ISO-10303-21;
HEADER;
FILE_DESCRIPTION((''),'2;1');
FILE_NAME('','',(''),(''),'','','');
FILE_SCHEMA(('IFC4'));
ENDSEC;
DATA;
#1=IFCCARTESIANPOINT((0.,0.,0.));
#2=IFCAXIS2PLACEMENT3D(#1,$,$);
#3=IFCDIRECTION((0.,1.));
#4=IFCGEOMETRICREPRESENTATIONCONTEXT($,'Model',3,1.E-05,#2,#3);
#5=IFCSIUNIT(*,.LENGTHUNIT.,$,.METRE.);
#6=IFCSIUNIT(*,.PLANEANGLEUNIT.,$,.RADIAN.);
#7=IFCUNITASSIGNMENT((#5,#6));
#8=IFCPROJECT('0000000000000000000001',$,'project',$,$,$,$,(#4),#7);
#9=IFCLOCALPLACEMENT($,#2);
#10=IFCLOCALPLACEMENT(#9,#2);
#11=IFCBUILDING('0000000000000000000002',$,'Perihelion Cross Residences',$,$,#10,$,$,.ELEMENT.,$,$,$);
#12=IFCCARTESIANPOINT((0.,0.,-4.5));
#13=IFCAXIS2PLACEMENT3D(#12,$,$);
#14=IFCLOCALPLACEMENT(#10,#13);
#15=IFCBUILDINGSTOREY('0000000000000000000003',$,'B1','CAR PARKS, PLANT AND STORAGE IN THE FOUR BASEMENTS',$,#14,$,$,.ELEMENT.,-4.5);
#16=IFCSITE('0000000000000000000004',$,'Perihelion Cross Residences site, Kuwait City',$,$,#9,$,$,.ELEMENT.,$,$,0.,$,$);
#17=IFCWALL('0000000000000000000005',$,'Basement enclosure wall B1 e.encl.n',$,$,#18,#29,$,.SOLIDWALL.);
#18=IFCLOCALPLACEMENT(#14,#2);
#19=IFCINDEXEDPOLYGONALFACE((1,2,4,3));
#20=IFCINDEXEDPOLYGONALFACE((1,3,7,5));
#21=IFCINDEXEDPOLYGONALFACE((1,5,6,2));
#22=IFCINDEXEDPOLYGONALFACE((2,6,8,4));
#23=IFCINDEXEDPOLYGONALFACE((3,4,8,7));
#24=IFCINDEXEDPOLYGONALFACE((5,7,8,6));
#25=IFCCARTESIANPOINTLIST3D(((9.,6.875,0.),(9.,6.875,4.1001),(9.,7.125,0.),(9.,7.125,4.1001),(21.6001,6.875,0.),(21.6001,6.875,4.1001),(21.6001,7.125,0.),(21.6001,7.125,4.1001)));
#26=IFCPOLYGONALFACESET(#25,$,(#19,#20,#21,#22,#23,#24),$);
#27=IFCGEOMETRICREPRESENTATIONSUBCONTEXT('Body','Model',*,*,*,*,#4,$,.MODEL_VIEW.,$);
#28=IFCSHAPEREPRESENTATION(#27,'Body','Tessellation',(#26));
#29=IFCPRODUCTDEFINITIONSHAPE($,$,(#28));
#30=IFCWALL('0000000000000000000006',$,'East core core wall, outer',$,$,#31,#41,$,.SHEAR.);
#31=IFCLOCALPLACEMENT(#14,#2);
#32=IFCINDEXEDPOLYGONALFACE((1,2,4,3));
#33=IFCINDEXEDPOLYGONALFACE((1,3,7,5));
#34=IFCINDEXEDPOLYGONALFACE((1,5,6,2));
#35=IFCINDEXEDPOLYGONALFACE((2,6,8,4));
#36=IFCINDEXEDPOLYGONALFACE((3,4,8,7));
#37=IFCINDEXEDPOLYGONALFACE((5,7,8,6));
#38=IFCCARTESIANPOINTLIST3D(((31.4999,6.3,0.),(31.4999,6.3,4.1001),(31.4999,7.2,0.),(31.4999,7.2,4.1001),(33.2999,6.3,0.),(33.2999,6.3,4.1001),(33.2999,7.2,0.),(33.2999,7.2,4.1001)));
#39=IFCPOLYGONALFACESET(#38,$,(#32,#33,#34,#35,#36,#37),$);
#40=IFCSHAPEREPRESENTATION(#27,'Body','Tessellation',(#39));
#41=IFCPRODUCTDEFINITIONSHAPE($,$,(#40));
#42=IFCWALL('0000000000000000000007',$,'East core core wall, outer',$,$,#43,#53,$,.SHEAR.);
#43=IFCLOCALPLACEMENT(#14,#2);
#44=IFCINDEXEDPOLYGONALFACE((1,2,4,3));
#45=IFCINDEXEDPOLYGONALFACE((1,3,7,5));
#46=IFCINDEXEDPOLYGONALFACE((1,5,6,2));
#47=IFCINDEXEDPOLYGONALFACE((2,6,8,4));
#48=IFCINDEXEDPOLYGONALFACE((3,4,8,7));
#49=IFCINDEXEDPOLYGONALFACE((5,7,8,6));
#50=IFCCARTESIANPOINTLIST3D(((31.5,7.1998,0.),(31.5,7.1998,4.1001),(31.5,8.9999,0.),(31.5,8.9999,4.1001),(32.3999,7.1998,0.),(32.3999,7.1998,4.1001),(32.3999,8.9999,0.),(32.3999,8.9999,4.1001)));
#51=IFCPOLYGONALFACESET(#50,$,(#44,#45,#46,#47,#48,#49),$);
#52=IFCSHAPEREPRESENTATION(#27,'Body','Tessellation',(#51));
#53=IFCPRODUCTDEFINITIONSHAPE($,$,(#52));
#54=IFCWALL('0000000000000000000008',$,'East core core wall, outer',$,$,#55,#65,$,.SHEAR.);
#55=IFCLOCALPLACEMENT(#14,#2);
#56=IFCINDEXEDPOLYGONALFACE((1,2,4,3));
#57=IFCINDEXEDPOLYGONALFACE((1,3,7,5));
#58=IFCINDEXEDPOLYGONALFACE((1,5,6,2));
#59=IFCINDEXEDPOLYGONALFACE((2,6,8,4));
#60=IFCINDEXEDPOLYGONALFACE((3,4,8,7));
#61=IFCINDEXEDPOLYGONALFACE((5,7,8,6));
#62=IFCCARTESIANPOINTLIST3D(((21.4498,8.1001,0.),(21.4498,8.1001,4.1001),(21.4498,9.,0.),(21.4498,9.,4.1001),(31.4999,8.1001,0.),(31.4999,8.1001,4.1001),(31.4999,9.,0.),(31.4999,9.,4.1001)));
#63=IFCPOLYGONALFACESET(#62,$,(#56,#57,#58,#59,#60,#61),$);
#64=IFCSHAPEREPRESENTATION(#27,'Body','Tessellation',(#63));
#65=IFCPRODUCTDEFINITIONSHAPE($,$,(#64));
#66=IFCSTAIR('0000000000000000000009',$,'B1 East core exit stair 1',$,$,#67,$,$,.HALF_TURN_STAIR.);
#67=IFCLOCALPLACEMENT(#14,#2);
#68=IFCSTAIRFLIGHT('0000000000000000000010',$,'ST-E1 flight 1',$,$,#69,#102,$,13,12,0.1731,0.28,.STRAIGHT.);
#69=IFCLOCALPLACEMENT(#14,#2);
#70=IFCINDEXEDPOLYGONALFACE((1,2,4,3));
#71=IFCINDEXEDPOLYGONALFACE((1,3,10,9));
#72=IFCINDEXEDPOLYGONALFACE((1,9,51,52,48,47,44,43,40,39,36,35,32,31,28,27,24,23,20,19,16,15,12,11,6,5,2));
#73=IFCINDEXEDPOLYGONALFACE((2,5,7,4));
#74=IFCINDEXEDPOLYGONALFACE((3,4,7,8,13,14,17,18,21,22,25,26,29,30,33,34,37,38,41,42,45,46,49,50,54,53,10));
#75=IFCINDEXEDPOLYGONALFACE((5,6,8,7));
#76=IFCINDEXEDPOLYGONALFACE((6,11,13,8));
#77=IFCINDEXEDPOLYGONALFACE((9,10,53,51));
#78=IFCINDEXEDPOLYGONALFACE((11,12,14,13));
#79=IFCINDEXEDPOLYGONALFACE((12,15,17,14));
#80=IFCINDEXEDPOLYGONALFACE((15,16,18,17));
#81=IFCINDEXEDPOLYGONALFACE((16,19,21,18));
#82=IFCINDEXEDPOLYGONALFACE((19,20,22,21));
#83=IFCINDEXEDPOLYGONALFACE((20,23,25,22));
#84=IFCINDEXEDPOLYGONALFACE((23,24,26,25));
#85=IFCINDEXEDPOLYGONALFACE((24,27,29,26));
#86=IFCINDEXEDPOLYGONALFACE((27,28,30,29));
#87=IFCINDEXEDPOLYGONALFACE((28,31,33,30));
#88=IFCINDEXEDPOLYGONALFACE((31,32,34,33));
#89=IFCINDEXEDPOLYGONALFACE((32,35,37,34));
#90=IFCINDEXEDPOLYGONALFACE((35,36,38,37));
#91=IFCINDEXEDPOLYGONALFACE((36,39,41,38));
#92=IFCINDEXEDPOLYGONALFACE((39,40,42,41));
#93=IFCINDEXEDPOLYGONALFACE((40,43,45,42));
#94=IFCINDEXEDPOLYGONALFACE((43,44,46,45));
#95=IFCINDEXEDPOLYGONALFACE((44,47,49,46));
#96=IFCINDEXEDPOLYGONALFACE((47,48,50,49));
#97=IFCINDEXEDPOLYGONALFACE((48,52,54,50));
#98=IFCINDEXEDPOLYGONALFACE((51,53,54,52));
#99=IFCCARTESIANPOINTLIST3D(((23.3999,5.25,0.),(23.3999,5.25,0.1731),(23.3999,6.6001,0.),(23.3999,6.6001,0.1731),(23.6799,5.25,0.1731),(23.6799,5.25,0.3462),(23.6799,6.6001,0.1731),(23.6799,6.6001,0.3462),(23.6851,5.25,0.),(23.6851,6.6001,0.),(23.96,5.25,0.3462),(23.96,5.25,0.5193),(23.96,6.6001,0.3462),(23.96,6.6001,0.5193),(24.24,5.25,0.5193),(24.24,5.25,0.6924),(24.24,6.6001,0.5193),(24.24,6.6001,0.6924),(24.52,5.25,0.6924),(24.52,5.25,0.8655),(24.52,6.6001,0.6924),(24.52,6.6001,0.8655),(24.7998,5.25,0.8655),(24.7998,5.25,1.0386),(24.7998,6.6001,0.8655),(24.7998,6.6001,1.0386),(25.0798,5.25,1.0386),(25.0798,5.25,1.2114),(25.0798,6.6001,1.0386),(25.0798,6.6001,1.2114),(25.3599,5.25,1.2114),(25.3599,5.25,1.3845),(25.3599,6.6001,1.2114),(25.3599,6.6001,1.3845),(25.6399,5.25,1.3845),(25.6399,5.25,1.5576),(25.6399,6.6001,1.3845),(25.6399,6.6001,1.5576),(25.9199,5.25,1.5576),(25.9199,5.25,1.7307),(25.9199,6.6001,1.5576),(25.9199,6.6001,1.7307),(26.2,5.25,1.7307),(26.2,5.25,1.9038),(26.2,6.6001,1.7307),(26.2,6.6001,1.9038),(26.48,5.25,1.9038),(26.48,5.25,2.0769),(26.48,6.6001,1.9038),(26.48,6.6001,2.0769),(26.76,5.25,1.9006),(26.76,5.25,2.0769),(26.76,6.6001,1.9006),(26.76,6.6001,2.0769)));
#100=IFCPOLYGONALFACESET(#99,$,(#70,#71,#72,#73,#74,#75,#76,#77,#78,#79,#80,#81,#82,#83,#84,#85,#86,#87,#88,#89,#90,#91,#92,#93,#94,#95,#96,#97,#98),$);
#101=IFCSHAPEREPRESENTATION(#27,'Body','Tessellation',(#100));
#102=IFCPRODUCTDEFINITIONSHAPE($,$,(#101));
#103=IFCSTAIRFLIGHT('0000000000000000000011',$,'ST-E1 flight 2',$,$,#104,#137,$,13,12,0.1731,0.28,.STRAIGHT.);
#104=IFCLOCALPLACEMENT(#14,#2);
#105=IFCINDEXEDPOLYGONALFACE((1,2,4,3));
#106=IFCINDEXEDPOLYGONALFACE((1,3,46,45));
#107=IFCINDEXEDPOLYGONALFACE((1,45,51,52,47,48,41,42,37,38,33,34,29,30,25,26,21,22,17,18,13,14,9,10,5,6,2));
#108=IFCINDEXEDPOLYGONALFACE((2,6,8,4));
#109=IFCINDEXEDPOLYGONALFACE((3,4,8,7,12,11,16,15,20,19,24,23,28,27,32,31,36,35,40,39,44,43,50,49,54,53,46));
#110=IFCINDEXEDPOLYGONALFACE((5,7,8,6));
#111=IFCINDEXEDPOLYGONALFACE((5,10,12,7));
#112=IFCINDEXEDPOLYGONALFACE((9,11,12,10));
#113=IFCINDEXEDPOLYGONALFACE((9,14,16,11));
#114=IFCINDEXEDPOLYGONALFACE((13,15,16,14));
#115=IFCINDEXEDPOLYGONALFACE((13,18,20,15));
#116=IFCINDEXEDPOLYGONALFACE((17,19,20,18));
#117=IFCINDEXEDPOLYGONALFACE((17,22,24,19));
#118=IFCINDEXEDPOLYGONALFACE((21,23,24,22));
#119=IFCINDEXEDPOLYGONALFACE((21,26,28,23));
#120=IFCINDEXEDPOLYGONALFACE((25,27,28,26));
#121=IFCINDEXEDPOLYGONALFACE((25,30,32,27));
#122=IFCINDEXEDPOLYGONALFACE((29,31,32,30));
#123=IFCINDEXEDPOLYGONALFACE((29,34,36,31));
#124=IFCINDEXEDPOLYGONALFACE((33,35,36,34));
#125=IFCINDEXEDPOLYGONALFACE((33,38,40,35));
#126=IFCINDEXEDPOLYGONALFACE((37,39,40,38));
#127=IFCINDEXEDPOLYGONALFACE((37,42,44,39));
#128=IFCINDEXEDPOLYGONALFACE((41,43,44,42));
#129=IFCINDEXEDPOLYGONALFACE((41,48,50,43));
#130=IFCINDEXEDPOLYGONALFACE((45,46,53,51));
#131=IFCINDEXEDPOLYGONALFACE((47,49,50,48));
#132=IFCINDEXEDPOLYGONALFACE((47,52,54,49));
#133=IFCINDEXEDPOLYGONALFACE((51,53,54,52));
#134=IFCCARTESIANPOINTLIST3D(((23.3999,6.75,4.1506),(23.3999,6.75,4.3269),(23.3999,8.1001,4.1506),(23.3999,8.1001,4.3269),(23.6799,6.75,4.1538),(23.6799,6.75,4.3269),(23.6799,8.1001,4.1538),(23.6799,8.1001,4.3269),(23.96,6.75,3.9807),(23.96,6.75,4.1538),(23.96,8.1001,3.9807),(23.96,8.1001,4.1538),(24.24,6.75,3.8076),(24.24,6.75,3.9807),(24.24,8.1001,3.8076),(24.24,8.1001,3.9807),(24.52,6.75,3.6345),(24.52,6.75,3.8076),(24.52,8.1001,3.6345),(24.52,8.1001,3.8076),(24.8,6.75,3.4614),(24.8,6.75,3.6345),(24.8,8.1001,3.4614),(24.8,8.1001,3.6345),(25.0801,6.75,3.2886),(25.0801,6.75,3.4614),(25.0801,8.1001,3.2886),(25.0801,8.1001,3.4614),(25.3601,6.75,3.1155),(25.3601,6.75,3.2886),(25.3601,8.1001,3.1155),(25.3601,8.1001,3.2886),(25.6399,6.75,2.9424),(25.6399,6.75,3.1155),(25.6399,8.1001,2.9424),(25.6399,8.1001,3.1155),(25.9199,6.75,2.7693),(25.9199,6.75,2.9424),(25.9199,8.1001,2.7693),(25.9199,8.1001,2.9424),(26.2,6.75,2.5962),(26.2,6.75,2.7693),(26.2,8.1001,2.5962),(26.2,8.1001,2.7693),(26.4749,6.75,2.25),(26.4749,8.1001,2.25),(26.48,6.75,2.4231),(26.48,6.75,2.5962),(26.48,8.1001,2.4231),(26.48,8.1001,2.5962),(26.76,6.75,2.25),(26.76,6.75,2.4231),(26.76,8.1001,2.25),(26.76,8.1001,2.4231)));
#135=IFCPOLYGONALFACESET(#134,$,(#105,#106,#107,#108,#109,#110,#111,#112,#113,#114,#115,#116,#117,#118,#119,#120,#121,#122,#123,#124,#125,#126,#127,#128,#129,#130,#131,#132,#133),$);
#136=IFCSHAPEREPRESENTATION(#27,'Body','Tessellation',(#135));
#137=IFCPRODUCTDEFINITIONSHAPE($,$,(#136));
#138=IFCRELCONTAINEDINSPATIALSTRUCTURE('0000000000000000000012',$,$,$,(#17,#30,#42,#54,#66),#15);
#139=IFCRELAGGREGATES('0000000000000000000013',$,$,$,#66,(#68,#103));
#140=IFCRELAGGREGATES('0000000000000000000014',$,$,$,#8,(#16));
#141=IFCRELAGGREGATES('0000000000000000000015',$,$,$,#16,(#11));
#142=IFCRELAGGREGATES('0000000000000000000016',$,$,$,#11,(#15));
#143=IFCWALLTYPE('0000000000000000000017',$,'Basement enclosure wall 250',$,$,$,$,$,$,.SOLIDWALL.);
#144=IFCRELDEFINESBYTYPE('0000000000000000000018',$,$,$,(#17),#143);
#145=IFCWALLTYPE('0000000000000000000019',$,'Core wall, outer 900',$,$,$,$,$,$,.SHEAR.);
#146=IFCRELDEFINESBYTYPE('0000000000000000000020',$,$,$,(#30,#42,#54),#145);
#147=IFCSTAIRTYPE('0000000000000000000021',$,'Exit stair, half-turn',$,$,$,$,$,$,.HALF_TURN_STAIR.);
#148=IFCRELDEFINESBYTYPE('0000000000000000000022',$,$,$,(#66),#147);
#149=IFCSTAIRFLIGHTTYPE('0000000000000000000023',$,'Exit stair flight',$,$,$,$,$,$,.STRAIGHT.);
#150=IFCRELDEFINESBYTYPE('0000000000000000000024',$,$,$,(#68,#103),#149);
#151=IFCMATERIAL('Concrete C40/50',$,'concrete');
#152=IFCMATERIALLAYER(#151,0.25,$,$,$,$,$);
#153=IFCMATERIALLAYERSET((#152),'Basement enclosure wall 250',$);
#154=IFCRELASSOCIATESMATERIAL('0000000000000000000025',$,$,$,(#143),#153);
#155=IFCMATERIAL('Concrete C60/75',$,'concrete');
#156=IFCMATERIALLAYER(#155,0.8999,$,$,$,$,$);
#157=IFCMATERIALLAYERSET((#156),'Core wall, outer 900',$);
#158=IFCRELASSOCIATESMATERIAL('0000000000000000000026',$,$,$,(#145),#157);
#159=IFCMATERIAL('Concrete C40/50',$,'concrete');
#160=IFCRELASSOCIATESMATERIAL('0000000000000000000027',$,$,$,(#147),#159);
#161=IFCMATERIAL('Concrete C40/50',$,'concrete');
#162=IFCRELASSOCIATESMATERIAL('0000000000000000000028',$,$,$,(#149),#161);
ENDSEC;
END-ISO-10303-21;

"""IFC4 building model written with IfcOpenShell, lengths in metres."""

from ifc_helpers import new_model, si_unit, direction, frame, frame_2d, origin, place, context, subcontext, project, spatial, polyline, rectangle, outline, extrude, material, layer, layer_set, type_object, element, aggregate, save


model = new_model("IFC4")

# Units and contexts
model_context = context("Model", 3, precision=1e-05, world=origin(), true_north=direction((0.0, 1.0)))
body_context = subcontext(model_context, "Body", "Model", "MODEL_VIEW")
ifc_project = project(units=[si_unit("LENGTHUNIT", "METRE"), si_unit("PLANEANGLEUNIT", "RADIAN")], contexts=[model_context])

# Site, building, storey
site_placement = place(None, origin())
site = spatial("IfcSite", under=ifc_project, at=site_placement, Name="Perihelion Cross Residences site, Kuwait City", CompositionType="ELEMENT", RefElevation=0.0)
building_placement = place(site_placement, origin())
building = spatial("IfcBuilding", under=site, at=building_placement, Name="Perihelion Cross Residences", CompositionType="ELEMENT")
storey_placement = place(building_placement, frame((0.0, 0.0, -4.5)))
storey = spatial("IfcBuildingStorey", under=building, at=storey_placement, Name="B1", Description="CAR PARKS, PLANT AND STORAGE IN THE FOUR BASEMENTS", CompositionType="ELEMENT", Elevation=-4.5)

# Walls
ifc_material_1 = material(Name="Concrete C40/50", Category="concrete")
ifc_layer_1 = layer(ifc_material_1, 0.25)
ifc_layer_set_1 = layer_set([ifc_layer_1], Name="Basement enclosure wall 250")
wall_type_1 = type_object("IfcWallType", Name="Basement enclosure wall 250", PredefinedType="SOLIDWALL", material=ifc_layer_set_1)
wall_1_placement = place(storey_placement, frame((9.0, 7.0, 0.0), z_axis=(0.0, 0.0, 1.0), x_axis=(1.0, 0.0, 0.0)))
element("IfcWall", 1, at=wall_1_placement, inside=storey, type_object=wall_type_1, Name="Basement enclosure wall B1 e.encl.n", PredefinedType="SOLIDWALL", context=body_context, shape_type="SweptSolid", body=[
    extrude(rectangle(XDim=12.6001, YDim=0.25, at=frame_2d((6.3, 0.0))), origin(), (0.0, 0.0, 1.0), 4.1001),
])
ifc_material_2 = material(Name="Concrete C60/75", Category="concrete")
ifc_layer_2 = layer(ifc_material_2, 0.8999)
ifc_layer_set_2 = layer_set([ifc_layer_2], Name="Core wall, outer 900")
wall_type_2 = type_object("IfcWallType", Name="Core wall, outer 900", PredefinedType="SHEAR", material=ifc_layer_set_2)
for number, where, z_axis, x_axis, name in (
    (2, (31.5, 6.75, 0.0), (0.0, 0.0, 1.0), (1.0, 0.0, 0.0), "East core core wall, outer"),
    (3, (31.95, 7.2, 0.0), (0.0, 0.0, 1.0), (0.0, 1.0, 0.0), "East core core wall, outer"),
):
    element("IfcWall", number, at=place(storey_placement, frame(where, z_axis=z_axis, x_axis=x_axis)), inside=storey, type_object=wall_type_2, Name=name, PredefinedType="SHEAR", context=body_context, shape_type="SweptSolid", body=[
        extrude(rectangle(XDim=1.8, YDim=0.8999, at=frame_2d((0.8999, 0.0))), origin(), (0.0, 0.0, 1.0), 4.1001),
    ])
wall_2_placement = place(storey_placement, frame((21.45, 8.55, 0.0), z_axis=(0.0, 0.0, 1.0), x_axis=(1.0, 0.0, 0.0)))
element("IfcWall", 4, at=wall_2_placement, inside=storey, type_object=wall_type_2, Name="East core core wall, outer", PredefinedType="SHEAR", context=body_context, shape_type="SweptSolid", body=[
    extrude(rectangle(XDim=10.05, YDim=0.8999, at=frame_2d((5.0249, 0.0))), origin(), (0.0, 0.0, 1.0), 4.1001),
])

# Stair, stair flights
ifc_material_3 = material(Name="Concrete C40/50", Category="concrete")
stair_type = type_object("IfcStairType", Name="Exit stair, half-turn", PredefinedType="HALF_TURN_STAIR", material=ifc_material_3)
stair_placement = place(storey_placement, origin())
stair = element("IfcStair", 5, at=stair_placement, inside=storey, type_object=stair_type, Name="B1 East core exit stair 1", PredefinedType="HALF_TURN_STAIR")
ifc_material_4 = material(Name="Concrete C40/50", Category="concrete")
stair_flight_type = type_object("IfcStairFlightType", Name="Exit stair flight", PredefinedType="STRAIGHT", material=ifc_material_4)
stair_flight_1_placement = place(storey_placement, frame((23.3999, 5.925, 0.0), z_axis=(0.0, 0.0, 1.0), x_axis=(1.0, 0.0, 0.0)))
stair_flight_1 = element("IfcStairFlight", 6, at=stair_flight_1_placement, type_object=stair_flight_type, Name="ST-E1 flight 1", NumberOfRisers=13, NumberOfTreads=12, PredefinedType="STRAIGHT", RiserHeight=0.1731, TreadLength=0.28, context=body_context, shape_type="SweptSolid", body=[
    extrude(outline(polyline([(0.0, 0.0), (0.0, 0.1731), (0.28, 0.1731), (0.28, 0.3462), (0.5601, 0.3462), (0.5601, 0.5193), (0.8401, 0.5193), (0.8401, 0.6924), (1.1201, 0.6924), (1.1201, 0.8655), (1.3999, 0.8655), (1.3999, 1.0386), (1.6799, 1.0386), (1.6799, 1.2114), (1.96, 1.2114), (1.96, 1.3845), (2.24, 1.3845), (2.24, 1.5576), (2.52, 1.5576), (2.52, 1.7307), (2.8, 1.7307), (2.8, 1.9038), (3.0801, 1.9038), (3.0801, 2.0769), (3.3601, 2.0769), (3.3601, 2.25), (3.3601, 1.9006), (0.2852, 0.0), (0.0, 0.0)])), frame((0.0, 0.675, 0.0), z_axis=(0.0, -1.0, 0.0), x_axis=(1.0, 0.0, 0.0)), (0.0, 0.0, 1.0), 1.3501),
])
stair_flight_2_placement = place(storey_placement, frame((26.76, 7.425, 2.25), z_axis=(0.0, 0.0, 1.0), x_axis=(-1.0, 0.0, 0.0)))
stair_flight_2 = element("IfcStairFlight", 7, at=stair_flight_2_placement, type_object=stair_flight_type, Name="ST-E1 flight 2", NumberOfRisers=13, NumberOfTreads=12, PredefinedType="STRAIGHT", RiserHeight=0.1731, TreadLength=0.28, context=body_context, shape_type="SweptSolid", body=[
    extrude(outline(polyline([(0.0, 0.0), (0.0, 0.1731), (0.28, 0.1731), (0.28, 0.3462), (0.5601, 0.3462), (0.5601, 0.5193), (0.8401, 0.5193), (0.8401, 0.6924), (1.1201, 0.6924), (1.1201, 0.8655), (1.3999, 0.8655), (1.3999, 1.0386), (1.6799, 1.0386), (1.6799, 1.2114), (1.96, 1.2114), (1.96, 1.3845), (2.24, 1.3845), (2.24, 1.5576), (2.52, 1.5576), (2.52, 1.7307), (2.8, 1.7307), (2.8, 1.9038), (3.0801, 1.9038), (3.0801, 2.0769), (3.3601, 2.0769), (3.3601, 2.25), (3.3601, 1.9006), (0.2852, 0.0), (0.0, 0.0)])), frame((0.0, 0.675, 0.0), z_axis=(0.0, -1.0, 0.0), x_axis=(1.0, 0.0, 0.0)), (0.0, 0.0, 1.0), 1.3501),
])
aggregate(stair, [stair_flight_1, stair_flight_2])

save(model, "model.ifc")
